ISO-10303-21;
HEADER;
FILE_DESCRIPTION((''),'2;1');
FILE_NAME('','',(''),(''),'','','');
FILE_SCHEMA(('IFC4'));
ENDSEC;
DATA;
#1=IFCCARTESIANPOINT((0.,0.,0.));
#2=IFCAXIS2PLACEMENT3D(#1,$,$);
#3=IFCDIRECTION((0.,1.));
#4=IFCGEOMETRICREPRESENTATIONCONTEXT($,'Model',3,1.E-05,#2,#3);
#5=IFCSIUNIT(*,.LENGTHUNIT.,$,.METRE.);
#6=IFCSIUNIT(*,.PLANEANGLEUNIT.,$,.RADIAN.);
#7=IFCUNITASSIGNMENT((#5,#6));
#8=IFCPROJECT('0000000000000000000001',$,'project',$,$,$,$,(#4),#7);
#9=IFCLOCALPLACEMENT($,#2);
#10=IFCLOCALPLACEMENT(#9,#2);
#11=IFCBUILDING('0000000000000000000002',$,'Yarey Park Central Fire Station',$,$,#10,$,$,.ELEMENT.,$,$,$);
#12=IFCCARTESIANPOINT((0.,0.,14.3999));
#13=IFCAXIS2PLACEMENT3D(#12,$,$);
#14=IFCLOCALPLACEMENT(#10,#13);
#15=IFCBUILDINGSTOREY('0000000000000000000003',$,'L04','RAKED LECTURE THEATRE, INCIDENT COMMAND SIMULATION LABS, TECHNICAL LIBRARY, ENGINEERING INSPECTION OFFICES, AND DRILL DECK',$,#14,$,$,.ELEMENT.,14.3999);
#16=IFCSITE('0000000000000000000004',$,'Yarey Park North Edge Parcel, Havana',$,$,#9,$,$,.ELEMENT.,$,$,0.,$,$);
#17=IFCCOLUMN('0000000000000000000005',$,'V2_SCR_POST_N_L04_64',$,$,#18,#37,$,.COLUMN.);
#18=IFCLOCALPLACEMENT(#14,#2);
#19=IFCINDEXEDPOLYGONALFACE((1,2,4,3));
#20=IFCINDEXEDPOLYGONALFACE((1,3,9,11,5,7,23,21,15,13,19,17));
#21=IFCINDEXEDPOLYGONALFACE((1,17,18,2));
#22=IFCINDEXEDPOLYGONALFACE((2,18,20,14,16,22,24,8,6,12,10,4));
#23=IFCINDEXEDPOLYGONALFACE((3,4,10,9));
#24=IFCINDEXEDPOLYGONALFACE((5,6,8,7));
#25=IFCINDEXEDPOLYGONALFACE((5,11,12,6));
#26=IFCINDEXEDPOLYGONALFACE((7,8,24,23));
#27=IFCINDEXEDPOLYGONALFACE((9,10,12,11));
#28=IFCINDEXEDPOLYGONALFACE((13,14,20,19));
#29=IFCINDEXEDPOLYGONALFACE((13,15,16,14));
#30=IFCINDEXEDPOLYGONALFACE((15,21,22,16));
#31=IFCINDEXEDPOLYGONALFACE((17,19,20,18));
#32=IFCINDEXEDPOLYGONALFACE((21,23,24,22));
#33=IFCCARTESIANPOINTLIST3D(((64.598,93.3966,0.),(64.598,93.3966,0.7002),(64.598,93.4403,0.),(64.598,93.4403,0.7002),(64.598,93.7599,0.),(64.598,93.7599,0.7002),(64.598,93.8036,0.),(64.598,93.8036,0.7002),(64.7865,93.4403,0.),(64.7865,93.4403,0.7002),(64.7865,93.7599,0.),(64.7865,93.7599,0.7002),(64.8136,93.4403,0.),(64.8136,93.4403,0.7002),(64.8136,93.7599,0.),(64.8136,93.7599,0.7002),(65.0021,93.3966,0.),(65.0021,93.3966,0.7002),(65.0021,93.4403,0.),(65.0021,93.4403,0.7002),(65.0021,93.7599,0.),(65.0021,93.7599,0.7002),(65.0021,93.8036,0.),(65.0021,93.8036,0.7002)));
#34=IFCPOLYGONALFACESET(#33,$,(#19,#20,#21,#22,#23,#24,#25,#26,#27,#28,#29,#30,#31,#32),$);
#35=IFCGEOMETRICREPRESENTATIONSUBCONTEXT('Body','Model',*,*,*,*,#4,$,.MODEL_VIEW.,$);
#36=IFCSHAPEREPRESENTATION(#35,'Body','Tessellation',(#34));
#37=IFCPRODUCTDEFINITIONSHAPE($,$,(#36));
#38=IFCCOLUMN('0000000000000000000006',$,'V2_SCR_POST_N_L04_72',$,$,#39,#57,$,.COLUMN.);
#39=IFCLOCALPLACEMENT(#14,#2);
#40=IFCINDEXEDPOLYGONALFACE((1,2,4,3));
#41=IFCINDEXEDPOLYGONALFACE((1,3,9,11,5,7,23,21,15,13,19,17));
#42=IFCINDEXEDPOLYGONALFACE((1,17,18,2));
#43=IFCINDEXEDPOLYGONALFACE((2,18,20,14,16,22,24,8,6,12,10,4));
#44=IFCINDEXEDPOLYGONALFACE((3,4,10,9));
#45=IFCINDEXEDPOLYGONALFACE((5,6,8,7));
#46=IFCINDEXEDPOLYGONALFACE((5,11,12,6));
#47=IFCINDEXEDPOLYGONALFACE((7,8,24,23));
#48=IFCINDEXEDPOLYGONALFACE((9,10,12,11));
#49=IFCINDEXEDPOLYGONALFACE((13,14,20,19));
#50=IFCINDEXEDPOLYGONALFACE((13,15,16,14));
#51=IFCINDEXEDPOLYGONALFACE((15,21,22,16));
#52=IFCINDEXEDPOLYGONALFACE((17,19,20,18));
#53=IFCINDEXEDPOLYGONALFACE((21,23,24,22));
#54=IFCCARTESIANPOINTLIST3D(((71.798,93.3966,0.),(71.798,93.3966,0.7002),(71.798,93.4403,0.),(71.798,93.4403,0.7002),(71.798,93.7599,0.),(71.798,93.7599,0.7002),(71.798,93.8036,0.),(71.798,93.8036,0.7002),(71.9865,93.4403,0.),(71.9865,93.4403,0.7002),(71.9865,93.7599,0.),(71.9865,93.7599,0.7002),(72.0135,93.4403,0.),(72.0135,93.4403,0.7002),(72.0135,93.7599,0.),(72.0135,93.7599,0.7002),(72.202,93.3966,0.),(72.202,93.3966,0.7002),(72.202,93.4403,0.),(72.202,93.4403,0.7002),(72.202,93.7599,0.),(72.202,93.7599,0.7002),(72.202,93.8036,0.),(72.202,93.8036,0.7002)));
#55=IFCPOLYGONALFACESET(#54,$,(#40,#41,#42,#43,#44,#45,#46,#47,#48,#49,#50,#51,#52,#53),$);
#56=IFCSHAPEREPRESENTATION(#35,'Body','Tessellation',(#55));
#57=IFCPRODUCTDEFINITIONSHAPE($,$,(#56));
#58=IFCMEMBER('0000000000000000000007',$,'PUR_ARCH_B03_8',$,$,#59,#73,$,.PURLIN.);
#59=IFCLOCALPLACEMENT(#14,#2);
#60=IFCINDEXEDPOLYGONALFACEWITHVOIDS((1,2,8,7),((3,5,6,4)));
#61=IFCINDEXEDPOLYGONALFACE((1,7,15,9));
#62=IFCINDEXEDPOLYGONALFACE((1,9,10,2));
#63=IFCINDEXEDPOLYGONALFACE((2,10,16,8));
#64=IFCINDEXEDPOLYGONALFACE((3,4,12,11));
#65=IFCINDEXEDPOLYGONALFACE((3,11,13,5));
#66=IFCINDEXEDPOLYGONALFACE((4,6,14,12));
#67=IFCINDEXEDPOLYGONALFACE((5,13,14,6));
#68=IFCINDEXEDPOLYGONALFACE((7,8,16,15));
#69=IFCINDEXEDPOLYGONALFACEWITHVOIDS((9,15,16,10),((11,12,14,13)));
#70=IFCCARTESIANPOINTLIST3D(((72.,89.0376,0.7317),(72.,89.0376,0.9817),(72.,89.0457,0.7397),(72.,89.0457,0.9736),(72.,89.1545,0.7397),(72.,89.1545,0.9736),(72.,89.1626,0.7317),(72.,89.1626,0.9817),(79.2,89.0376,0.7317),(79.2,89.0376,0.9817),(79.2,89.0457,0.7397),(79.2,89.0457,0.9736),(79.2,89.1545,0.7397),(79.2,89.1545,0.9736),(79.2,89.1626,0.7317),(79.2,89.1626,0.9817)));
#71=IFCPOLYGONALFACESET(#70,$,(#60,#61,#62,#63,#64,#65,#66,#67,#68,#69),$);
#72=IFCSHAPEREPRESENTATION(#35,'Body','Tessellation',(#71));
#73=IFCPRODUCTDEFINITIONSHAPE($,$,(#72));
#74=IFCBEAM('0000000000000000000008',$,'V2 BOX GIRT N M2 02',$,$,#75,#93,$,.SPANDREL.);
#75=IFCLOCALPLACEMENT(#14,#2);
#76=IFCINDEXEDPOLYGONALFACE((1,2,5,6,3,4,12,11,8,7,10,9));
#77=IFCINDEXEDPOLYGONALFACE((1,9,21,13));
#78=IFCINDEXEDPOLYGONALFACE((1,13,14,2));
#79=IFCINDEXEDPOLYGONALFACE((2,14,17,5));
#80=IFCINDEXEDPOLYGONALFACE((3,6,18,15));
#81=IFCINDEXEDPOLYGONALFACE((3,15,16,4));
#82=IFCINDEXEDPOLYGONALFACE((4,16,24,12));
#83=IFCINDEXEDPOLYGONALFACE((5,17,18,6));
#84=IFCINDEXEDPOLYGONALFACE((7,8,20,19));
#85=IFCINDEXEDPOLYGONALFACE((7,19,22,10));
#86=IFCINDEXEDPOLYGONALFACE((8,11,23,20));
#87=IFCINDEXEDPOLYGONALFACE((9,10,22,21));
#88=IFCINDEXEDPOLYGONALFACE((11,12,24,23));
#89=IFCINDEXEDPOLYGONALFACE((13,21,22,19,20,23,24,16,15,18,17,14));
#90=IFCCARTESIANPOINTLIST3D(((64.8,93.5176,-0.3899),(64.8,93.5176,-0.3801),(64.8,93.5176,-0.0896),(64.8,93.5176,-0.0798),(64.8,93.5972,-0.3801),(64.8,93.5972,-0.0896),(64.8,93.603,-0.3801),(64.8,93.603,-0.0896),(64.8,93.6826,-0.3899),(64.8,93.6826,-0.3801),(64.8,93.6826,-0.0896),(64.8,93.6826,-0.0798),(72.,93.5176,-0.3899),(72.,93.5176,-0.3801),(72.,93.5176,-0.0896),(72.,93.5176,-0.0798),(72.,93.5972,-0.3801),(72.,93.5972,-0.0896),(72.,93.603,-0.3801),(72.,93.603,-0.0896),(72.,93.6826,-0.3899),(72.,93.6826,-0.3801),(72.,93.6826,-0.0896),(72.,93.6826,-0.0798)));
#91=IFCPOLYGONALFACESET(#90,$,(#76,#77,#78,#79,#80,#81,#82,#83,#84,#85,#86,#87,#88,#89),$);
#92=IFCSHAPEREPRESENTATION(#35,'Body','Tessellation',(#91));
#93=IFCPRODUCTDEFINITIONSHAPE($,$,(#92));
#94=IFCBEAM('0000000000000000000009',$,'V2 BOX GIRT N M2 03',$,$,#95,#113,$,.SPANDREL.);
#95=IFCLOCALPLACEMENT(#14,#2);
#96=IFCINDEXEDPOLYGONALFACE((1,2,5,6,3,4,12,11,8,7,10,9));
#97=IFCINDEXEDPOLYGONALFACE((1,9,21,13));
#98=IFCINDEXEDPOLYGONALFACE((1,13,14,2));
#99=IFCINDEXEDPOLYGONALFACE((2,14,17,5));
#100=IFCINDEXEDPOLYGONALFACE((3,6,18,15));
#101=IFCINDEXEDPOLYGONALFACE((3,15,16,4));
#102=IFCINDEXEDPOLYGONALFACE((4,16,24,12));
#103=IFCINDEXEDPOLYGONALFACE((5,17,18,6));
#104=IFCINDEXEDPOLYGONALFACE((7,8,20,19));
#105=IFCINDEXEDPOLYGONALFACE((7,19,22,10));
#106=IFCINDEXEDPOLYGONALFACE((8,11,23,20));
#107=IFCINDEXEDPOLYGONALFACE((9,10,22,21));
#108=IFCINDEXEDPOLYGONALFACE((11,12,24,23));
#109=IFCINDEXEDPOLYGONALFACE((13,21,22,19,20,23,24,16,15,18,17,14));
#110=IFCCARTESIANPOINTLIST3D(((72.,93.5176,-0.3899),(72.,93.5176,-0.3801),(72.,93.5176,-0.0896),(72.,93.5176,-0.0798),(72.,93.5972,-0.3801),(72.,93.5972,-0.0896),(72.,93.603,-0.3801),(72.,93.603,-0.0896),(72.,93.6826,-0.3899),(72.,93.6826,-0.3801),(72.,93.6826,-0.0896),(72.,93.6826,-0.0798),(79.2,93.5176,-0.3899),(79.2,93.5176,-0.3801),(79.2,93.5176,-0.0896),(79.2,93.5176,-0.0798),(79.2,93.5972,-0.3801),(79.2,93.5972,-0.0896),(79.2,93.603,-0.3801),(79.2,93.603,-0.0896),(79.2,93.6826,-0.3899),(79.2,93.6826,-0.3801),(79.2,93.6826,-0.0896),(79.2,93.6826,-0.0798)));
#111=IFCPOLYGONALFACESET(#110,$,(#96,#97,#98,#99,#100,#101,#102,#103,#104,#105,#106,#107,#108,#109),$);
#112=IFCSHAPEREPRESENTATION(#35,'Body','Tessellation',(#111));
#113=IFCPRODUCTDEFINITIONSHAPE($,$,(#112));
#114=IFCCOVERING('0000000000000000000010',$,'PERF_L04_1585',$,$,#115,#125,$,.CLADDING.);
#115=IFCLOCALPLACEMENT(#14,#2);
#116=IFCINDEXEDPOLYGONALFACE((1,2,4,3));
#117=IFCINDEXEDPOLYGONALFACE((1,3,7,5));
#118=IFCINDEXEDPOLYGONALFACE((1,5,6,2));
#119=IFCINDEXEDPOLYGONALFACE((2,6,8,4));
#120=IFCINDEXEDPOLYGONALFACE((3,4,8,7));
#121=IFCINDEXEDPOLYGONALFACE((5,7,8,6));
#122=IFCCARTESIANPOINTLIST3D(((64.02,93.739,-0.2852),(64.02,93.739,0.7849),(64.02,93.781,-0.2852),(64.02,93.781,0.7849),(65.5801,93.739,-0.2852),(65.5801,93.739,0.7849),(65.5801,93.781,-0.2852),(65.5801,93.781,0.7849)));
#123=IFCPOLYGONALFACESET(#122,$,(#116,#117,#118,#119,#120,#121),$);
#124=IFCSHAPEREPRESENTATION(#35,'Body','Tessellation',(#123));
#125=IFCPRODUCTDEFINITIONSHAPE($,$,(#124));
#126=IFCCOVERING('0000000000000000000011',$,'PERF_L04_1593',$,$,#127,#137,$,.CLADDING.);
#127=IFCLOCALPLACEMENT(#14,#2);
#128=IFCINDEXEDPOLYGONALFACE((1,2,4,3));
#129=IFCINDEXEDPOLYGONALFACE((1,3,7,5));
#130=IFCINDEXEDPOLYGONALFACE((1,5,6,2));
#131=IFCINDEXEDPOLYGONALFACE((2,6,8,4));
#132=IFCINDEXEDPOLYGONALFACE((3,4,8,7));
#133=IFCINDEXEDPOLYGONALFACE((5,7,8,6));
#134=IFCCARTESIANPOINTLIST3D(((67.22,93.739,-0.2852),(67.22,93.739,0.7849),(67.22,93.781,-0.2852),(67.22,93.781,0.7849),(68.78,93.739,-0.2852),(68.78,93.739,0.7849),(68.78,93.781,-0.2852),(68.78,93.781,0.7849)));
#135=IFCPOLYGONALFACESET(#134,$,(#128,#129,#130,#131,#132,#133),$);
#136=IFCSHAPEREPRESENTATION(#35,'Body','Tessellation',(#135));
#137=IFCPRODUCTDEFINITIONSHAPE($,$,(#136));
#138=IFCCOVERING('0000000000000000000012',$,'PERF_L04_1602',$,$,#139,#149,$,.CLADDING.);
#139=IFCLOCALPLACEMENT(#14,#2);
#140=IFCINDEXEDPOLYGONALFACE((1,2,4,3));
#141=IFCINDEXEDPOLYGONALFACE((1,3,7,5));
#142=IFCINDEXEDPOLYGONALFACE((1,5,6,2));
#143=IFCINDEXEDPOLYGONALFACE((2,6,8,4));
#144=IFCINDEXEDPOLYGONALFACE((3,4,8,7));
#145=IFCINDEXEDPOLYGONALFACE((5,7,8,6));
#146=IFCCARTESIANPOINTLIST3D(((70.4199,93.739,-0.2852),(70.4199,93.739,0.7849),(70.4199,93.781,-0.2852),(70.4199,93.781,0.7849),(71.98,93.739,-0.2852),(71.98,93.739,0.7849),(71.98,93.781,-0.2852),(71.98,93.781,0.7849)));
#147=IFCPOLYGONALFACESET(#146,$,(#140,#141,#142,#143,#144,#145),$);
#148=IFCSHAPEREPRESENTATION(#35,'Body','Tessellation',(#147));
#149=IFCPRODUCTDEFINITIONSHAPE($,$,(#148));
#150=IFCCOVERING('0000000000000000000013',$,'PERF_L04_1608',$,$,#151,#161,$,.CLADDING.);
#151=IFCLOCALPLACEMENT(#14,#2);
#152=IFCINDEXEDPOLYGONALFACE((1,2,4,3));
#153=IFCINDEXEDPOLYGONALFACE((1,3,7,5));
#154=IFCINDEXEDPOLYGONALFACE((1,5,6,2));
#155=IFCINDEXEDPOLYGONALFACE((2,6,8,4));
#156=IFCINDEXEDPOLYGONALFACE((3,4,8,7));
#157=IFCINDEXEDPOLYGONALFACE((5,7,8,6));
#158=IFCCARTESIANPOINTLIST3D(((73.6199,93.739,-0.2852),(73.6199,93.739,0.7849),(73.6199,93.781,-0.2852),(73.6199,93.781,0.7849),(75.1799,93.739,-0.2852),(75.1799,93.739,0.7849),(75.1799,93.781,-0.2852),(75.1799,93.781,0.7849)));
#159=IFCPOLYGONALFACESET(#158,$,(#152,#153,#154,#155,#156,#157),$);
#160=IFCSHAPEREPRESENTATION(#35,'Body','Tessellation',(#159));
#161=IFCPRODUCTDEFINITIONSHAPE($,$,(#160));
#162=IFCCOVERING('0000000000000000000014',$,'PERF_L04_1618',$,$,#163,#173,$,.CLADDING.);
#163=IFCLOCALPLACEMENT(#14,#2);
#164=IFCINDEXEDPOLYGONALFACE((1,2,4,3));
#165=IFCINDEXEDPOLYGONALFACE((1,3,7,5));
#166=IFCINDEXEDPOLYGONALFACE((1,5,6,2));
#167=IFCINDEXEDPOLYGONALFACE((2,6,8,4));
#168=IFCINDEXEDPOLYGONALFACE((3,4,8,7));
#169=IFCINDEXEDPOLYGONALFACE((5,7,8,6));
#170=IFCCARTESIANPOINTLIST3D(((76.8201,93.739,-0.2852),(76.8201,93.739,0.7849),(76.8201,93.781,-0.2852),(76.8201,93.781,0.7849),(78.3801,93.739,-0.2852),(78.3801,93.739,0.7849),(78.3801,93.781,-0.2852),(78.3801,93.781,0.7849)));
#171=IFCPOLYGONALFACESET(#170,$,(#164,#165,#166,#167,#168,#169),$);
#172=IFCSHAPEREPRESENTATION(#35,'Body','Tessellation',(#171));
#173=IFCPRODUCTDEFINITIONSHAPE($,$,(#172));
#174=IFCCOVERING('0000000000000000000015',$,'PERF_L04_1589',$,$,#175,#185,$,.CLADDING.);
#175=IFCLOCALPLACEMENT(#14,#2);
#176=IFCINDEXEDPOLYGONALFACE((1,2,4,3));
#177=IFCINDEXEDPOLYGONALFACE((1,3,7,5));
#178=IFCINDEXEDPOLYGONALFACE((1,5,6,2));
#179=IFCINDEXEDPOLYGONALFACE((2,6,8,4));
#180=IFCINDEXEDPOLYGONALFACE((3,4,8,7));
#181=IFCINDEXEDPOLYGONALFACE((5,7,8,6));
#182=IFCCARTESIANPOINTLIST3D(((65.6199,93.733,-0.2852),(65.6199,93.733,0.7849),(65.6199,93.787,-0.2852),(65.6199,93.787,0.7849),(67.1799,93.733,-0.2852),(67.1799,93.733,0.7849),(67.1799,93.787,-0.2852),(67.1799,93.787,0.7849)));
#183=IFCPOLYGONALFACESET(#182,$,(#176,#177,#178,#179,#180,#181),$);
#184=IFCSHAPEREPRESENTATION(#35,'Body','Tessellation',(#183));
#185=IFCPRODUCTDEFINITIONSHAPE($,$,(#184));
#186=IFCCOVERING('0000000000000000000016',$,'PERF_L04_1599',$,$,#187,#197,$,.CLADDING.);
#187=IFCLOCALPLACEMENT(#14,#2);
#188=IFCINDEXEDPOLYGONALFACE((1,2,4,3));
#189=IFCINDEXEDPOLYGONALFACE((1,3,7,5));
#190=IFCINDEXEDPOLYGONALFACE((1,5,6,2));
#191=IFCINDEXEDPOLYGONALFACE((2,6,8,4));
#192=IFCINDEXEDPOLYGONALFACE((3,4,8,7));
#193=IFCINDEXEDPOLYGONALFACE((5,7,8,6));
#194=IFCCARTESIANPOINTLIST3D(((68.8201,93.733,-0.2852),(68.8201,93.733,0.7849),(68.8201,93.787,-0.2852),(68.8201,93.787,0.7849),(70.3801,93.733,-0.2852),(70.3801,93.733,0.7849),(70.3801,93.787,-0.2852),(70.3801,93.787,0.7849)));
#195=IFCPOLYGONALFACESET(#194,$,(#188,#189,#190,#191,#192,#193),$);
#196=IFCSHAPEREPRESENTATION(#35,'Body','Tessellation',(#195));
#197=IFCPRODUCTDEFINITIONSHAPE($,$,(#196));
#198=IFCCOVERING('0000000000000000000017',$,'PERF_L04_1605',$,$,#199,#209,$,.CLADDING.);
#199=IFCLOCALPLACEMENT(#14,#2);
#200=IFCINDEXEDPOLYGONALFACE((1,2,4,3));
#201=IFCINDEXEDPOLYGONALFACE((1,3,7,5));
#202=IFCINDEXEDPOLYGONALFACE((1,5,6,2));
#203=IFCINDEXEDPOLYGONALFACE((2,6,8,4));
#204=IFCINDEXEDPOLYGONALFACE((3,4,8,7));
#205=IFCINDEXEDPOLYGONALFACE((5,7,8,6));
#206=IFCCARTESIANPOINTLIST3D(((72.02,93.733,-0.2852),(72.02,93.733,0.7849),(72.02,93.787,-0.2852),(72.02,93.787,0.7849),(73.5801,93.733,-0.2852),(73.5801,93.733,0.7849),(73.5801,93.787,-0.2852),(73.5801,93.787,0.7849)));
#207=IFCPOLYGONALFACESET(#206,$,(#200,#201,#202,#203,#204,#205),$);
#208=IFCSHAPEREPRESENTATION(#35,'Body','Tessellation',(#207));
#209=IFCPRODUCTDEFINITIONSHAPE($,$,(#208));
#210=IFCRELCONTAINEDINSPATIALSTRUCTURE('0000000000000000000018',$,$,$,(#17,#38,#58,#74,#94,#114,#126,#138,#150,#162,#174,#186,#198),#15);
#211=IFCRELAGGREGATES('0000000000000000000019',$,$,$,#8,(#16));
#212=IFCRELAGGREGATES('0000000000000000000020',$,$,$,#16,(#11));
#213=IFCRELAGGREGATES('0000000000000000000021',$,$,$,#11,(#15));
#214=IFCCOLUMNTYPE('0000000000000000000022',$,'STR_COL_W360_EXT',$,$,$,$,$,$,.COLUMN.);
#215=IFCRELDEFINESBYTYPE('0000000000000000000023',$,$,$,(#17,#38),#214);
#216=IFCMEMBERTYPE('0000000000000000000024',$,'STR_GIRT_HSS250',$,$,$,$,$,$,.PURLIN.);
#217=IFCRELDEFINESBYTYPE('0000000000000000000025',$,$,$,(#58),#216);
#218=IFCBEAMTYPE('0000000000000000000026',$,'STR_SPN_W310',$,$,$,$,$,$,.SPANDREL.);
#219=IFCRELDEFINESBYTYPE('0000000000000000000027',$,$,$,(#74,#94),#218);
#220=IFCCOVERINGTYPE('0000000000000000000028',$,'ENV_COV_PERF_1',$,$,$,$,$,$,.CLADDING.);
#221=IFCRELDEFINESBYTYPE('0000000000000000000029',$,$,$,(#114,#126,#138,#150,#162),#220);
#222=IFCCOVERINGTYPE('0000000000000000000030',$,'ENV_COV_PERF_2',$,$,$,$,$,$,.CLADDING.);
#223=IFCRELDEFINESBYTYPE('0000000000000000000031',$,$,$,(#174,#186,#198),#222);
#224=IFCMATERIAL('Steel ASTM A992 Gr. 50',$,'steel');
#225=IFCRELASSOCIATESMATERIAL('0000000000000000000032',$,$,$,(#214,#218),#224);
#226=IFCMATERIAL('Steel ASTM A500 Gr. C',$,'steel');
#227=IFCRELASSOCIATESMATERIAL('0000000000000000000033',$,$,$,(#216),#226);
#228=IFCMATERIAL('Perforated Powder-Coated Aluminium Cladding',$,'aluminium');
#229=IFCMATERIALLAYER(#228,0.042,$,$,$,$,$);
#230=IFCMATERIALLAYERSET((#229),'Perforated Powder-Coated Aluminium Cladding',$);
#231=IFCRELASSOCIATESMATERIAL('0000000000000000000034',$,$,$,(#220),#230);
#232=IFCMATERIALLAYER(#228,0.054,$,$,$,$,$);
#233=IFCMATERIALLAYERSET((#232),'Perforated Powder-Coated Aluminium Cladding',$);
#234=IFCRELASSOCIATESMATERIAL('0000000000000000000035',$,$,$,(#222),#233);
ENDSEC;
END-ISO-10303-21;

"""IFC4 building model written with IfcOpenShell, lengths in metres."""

from ifc_helpers import new_model, si_unit, direction, frame, origin, origin_2d, place, context, subcontext, project, spatial, rectangle, hollow_rectangle, i_section, extrude, material, layer, layer_set, material_profile, profile_set, type_object, element, save


model = new_model("IFC4")

# Units and contexts
model_context = context("Model", 3, precision=1e-05, world=origin(), true_north=direction((0.0, 1.0)))
body_context = subcontext(model_context, "Body", "Model", "MODEL_VIEW")
ifc_project = project(units=[si_unit("LENGTHUNIT", "METRE"), si_unit("PLANEANGLEUNIT", "RADIAN")], contexts=[model_context])

# Site, building, storey
site_placement = place(None, origin())
site = spatial("IfcSite", under=ifc_project, at=site_placement, Name="Yarey Park North Edge Parcel, Havana", CompositionType="ELEMENT", RefElevation=0.0)
building_placement = place(site_placement, origin())
building = spatial("IfcBuilding", under=site, at=building_placement, Name="Yarey Park Central Fire Station", CompositionType="ELEMENT")
storey_placement = place(building_placement, frame((0.0, 0.0, 14.3999)))
storey = spatial("IfcBuildingStorey", under=building, at=storey_placement, Name="L04", Description="RAKED LECTURE THEATRE, INCIDENT COMMAND SIMULATION LABS, TECHNICAL LIBRARY, ENGINEERING INSPECTION OFFICES, AND DRILL DECK", CompositionType="ELEMENT", Elevation=14.3999)

# Columns
ifc_material_1 = material(Name="Steel ASTM A992 Gr. 50", Category="steel")
ifc_material_profile_1 = material_profile(ifc_material_1, i_section(OverallWidth=0.4041, OverallDepth=0.407, WebThickness=0.0271, FlangeThickness=0.0437, at=origin_2d()), Name="W360x347")
ifc_profile_set_1 = profile_set([ifc_material_profile_1], Name="Steel ASTM A992 Gr. 50")
column_type = type_object("IfcColumnType", Name="STR_COL_W360_EXT", PredefinedType="COLUMN", material=ifc_profile_set_1)
for number, where, z_axis, x_axis, name in (
    (1, (64.8, 93.6001, 0.0), (0.0, 0.0, 1.0), (1.0, 0.0, 0.0), "V2_SCR_POST_N_L04_64"),
    (2, (72.0, 93.6001, 0.0), (0.0, 0.0, 1.0), (1.0, 0.0, 0.0), "V2_SCR_POST_N_L04_72"),
):
    element("IfcColumn", number, at=place(storey_placement, frame(where, z_axis=z_axis, x_axis=x_axis)), inside=storey, type_object=column_type, Name=name, PredefinedType="COLUMN", context=body_context, shape_type="SweptSolid", body=[
        extrude(i_section(OverallWidth=0.4041, OverallDepth=0.407, WebThickness=0.0271, FlangeThickness=0.0437, at=origin_2d()), origin(), (0.0, 0.0, 1.0), 0.7002),
    ])

# Member
ifc_material_2 = material(Name="Steel ASTM A500 Gr. C", Category="steel")
ifc_material_profile_2 = material_profile(ifc_material_2, hollow_rectangle(XDim=0.125, YDim=0.25, WallThickness=0.0081, at=origin_2d()), Name="HSS 250x125x8")
ifc_profile_set_2 = profile_set([ifc_material_profile_2], Name="Steel ASTM A500 Gr. C")
member_type = type_object("IfcMemberType", Name="STR_GIRT_HSS250", PredefinedType="PURLIN", material=ifc_profile_set_2)
member_placement = place(storey_placement, frame((72.0, 89.1001, 0.8567), z_axis=(1.0, 0.0, 0.0), x_axis=(0.0, 1.0, 0.0)))
element("IfcMember", 3, at=member_placement, inside=storey, type_object=member_type, Name="PUR_ARCH_B03_8", PredefinedType="PURLIN", context=body_context, shape_type="SweptSolid", body=[
    extrude(hollow_rectangle(XDim=0.125, YDim=0.25, WallThickness=0.0081, at=origin_2d()), origin(), (0.0, 0.0, 1.0), 7.2),
])

# Beams
ifc_material_profile_3 = material_profile(ifc_material_1, i_section(OverallWidth=0.165, OverallDepth=0.3101, WebThickness=0.0059, FlangeThickness=0.0098, at=origin_2d()), Name="W310x39")
ifc_profile_set_3 = profile_set([ifc_material_profile_3], Name="Steel ASTM A992 Gr. 50")
beam_type = type_object("IfcBeamType", Name="STR_SPN_W310", PredefinedType="SPANDREL", material=ifc_profile_set_3)
for number, where, z_axis, x_axis, name in (
    (4, (64.8, 93.6001, -0.2349), (1.0, 0.0, 0.0), (0.0, 1.0, 0.0), "V2 BOX GIRT N M2 02"),
    (5, (72.0, 93.6001, -0.2349), (1.0, 0.0, 0.0), (0.0, 1.0, 0.0), "V2 BOX GIRT N M2 03"),
):
    element("IfcBeam", number, at=place(storey_placement, frame(where, z_axis=z_axis, x_axis=x_axis)), inside=storey, type_object=beam_type, Name=name, PredefinedType="SPANDREL", context=body_context, shape_type="SweptSolid", body=[
        extrude(i_section(OverallWidth=0.165, OverallDepth=0.3101, WebThickness=0.0059, FlangeThickness=0.0098, at=origin_2d()), origin(), (0.0, 0.0, 1.0), 7.2),
    ])

# Coverings
ifc_material_3 = material(Name="Perforated Powder-Coated Aluminium Cladding", Category="aluminium")
ifc_layer_1 = layer(ifc_material_3, 0.042)
ifc_layer_set_1 = layer_set([ifc_layer_1], Name="Perforated Powder-Coated Aluminium Cladding")
covering_type_1 = type_object("IfcCoveringType", Name="ENV_COV_PERF_1", PredefinedType="CLADDING", material=ifc_layer_set_1)
for number, where, z_axis, x_axis, name in (
    (6, (64.8, 93.76, -0.2852), (0.0, 0.0, 1.0), (1.0, 0.0, 0.0), "PERF_L04_1585"),
    (7, (68.0, 93.76, -0.2852), (0.0, 0.0, 1.0), (1.0, 0.0, 0.0), "PERF_L04_1593"),
    (8, (71.2, 93.76, -0.2852), (0.0, 0.0, 1.0), (1.0, 0.0, 0.0), "PERF_L04_1602"),
    (9, (74.3999, 93.76, -0.2852), (0.0, 0.0, 1.0), (1.0, 0.0, 0.0), "PERF_L04_1608"),
    (10, (77.6001, 93.76, -0.2852), (0.0, 0.0, 1.0), (1.0, 0.0, 0.0), "PERF_L04_1618"),
):
    element("IfcCovering", number, at=place(storey_placement, frame(where, z_axis=z_axis, x_axis=x_axis)), inside=storey, type_object=covering_type_1, Name=name, PredefinedType="CLADDING", context=body_context, shape_type="SweptSolid", body=[
        extrude(rectangle(XDim=1.5601, YDim=0.042, at=origin_2d()), origin(), (0.0, 0.0, 1.0), 1.0701),
    ])
ifc_layer_2 = layer(ifc_material_3, 0.054)
ifc_layer_set_2 = layer_set([ifc_layer_2], Name="Perforated Powder-Coated Aluminium Cladding")
covering_type_2 = type_object("IfcCoveringType", Name="ENV_COV_PERF_2", PredefinedType="CLADDING", material=ifc_layer_set_2)
for number, where, z_axis, x_axis, name in (
    (11, (66.3999, 93.76, -0.2852), (0.0, 0.0, 1.0), (1.0, 0.0, 0.0), "PERF_L04_1589"),
    (12, (69.6001, 93.76, -0.2852), (0.0, 0.0, 1.0), (1.0, 0.0, 0.0), "PERF_L04_1599"),
    (13, (72.8, 93.76, -0.2852), (0.0, 0.0, 1.0), (1.0, 0.0, 0.0), "PERF_L04_1605"),
):
    element("IfcCovering", number, at=place(storey_placement, frame(where, z_axis=z_axis, x_axis=x_axis)), inside=storey, type_object=covering_type_2, Name=name, PredefinedType="CLADDING", context=body_context, shape_type="SweptSolid", body=[
        extrude(rectangle(XDim=1.5601, YDim=0.054, at=origin_2d()), origin(), (0.0, 0.0, 1.0), 1.0701),
    ])

save(model, "model.ifc")
